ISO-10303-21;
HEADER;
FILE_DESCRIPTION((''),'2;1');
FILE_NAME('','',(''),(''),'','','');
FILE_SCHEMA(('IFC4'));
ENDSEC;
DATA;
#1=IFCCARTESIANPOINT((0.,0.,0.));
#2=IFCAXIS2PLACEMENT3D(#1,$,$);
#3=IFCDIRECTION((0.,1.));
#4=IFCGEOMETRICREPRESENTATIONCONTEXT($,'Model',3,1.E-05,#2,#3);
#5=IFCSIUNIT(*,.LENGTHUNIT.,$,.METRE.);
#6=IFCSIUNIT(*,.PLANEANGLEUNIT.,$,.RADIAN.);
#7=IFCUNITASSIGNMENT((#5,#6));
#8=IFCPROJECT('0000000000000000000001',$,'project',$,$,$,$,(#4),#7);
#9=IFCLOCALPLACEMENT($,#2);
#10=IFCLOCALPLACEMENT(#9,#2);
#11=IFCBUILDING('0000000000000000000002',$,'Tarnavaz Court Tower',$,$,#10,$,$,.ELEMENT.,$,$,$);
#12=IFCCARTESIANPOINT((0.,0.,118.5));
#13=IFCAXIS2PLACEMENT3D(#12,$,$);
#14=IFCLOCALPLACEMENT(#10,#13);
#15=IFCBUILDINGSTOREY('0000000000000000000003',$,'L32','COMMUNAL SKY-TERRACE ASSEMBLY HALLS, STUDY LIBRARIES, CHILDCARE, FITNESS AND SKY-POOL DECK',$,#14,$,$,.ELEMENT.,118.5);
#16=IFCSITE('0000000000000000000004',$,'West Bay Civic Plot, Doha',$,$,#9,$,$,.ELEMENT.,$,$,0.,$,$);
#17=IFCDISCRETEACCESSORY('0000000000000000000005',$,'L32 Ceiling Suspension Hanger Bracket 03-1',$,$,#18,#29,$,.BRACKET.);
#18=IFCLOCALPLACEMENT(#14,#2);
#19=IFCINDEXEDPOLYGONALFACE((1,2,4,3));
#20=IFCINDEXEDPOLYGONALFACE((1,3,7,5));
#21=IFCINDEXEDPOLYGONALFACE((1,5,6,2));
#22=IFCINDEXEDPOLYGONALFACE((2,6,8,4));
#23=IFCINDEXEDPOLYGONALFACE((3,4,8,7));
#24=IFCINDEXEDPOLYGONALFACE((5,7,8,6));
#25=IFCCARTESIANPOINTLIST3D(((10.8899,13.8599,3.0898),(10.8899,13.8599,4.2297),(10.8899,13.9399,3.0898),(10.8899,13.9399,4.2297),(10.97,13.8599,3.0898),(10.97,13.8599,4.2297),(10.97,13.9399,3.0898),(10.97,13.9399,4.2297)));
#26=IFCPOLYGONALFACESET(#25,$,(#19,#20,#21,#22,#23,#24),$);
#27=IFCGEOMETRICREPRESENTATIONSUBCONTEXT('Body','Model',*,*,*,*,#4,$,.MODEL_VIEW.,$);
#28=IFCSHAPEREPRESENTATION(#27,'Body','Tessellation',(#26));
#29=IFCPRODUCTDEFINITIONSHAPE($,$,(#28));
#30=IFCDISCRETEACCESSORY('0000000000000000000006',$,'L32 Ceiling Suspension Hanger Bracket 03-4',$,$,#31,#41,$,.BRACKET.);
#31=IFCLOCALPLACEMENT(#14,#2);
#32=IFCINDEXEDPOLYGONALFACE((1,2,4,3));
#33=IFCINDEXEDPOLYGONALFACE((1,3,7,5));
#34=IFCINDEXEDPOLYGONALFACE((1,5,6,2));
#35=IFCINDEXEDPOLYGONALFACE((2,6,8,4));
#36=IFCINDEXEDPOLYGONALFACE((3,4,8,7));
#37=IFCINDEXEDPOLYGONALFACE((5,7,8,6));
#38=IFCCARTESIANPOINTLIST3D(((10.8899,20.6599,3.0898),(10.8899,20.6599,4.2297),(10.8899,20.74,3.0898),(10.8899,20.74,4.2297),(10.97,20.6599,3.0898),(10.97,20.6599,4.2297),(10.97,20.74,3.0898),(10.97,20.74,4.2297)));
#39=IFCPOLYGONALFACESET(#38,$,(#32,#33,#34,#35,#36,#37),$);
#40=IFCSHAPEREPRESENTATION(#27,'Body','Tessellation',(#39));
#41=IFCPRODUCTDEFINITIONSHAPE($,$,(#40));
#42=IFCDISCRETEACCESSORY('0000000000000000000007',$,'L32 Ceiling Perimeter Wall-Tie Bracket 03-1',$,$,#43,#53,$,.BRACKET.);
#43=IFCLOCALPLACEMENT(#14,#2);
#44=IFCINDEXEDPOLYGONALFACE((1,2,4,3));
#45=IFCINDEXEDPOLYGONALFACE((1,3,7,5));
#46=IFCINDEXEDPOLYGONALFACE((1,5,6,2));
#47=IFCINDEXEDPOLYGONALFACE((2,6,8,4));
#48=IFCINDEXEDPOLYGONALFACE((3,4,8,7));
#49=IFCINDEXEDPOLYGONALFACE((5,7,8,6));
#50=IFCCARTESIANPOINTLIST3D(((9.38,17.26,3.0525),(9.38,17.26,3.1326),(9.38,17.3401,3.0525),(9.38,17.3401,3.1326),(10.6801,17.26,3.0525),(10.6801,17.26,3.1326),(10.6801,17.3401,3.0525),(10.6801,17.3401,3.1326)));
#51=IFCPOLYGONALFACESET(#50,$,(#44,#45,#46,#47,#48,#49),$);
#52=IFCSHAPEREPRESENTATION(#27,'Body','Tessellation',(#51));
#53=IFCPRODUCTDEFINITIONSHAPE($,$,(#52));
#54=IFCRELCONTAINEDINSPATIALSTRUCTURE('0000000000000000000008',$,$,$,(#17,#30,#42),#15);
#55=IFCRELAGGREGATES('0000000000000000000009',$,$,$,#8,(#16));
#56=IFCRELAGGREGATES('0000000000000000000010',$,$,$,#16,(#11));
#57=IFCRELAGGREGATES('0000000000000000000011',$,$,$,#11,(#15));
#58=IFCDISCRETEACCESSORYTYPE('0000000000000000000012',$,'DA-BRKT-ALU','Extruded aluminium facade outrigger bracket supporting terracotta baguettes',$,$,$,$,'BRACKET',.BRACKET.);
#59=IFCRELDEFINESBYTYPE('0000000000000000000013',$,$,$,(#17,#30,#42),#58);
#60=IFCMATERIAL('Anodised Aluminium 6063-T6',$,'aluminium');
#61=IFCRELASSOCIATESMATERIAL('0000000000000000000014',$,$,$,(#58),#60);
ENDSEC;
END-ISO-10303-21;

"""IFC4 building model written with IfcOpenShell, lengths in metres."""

from ifc_helpers import new_model, si_unit, direction, frame, origin, origin_2d, place, context, subcontext, project, spatial, rectangle, extrude, material, type_object, element, save


model = new_model("IFC4")

# Units and contexts
model_context = context("Model", 3, precision=1e-05, world=origin(), true_north=direction((0.0, 1.0)))
body_context = subcontext(model_context, "Body", "Model", "MODEL_VIEW")
ifc_project = project(units=[si_unit("LENGTHUNIT", "METRE"), si_unit("PLANEANGLEUNIT", "RADIAN")], contexts=[model_context])

# Site, building, storey
site_placement = place(None, origin())
site = spatial("IfcSite", under=ifc_project, at=site_placement, Name="West Bay Civic Plot, Doha", CompositionType="ELEMENT", RefElevation=0.0)
building_placement = place(site_placement, origin())
building = spatial("IfcBuilding", under=site, at=building_placement, Name="Tarnavaz Court Tower", CompositionType="ELEMENT")
storey_placement = place(building_placement, frame((0.0, 0.0, 118.5)))
storey = spatial("IfcBuildingStorey", under=building, at=storey_placement, Name="L32", Description="COMMUNAL SKY-TERRACE ASSEMBLY HALLS, STUDY LIBRARIES, CHILDCARE, FITNESS AND SKY-POOL DECK", CompositionType="ELEMENT", Elevation=118.5)

# Shared definitions
ifc_material_1 = material(Name="Anodised Aluminium 6063-T6", Category="aluminium")

# Discrete accessories
discrete_accessory_type = type_object("IfcDiscreteAccessoryType", Name="DA-BRKT-ALU", Description="Extruded aluminium facade outrigger bracket supporting terracotta baguettes", ElementType="BRACKET", PredefinedType="BRACKET", material=ifc_material_1)
for number, where, z_axis, x_axis, name in (
    (1, (10.9299, 13.8999, 3.0898), (0.0, 0.0, 1.0), (1.0, 0.0, 0.0), "L32 Ceiling Suspension Hanger Bracket 03-1"),
    (2, (10.9299, 20.7, 3.0898), (0.0, 0.0, 1.0), (1.0, 0.0, 0.0), "L32 Ceiling Suspension Hanger Bracket 03-4"),
):
    element("IfcDiscreteAccessory", number, at=place(storey_placement, frame(where, z_axis=z_axis, x_axis=x_axis)), inside=storey, type_object=discrete_accessory_type, Name=name, PredefinedType="BRACKET", context=body_context, shape_type="SweptSolid", body=[
        extrude(rectangle(XDim=0.0801, YDim=0.0801, at=origin_2d()), origin(), (0.0, 0.0, 1.0), 1.1399),
    ])
discrete_accessory_1_placement = place(storey_placement, frame((10.03, 17.3, 3.0525), z_axis=(0.0, 0.0, 1.0), x_axis=(1.0, 0.0, 0.0)))
element("IfcDiscreteAccessory", 3, at=discrete_accessory_1_placement, inside=storey, type_object=discrete_accessory_type, Name="L32 Ceiling Perimeter Wall-Tie Bracket 03-1", PredefinedType="BRACKET", context=body_context, shape_type="SweptSolid", body=[
    extrude(rectangle(XDim=1.3, YDim=0.0801, at=origin_2d()), origin(), (0.0, 0.0, 1.0), 0.0801),
])

save(model, "model.ifc")
